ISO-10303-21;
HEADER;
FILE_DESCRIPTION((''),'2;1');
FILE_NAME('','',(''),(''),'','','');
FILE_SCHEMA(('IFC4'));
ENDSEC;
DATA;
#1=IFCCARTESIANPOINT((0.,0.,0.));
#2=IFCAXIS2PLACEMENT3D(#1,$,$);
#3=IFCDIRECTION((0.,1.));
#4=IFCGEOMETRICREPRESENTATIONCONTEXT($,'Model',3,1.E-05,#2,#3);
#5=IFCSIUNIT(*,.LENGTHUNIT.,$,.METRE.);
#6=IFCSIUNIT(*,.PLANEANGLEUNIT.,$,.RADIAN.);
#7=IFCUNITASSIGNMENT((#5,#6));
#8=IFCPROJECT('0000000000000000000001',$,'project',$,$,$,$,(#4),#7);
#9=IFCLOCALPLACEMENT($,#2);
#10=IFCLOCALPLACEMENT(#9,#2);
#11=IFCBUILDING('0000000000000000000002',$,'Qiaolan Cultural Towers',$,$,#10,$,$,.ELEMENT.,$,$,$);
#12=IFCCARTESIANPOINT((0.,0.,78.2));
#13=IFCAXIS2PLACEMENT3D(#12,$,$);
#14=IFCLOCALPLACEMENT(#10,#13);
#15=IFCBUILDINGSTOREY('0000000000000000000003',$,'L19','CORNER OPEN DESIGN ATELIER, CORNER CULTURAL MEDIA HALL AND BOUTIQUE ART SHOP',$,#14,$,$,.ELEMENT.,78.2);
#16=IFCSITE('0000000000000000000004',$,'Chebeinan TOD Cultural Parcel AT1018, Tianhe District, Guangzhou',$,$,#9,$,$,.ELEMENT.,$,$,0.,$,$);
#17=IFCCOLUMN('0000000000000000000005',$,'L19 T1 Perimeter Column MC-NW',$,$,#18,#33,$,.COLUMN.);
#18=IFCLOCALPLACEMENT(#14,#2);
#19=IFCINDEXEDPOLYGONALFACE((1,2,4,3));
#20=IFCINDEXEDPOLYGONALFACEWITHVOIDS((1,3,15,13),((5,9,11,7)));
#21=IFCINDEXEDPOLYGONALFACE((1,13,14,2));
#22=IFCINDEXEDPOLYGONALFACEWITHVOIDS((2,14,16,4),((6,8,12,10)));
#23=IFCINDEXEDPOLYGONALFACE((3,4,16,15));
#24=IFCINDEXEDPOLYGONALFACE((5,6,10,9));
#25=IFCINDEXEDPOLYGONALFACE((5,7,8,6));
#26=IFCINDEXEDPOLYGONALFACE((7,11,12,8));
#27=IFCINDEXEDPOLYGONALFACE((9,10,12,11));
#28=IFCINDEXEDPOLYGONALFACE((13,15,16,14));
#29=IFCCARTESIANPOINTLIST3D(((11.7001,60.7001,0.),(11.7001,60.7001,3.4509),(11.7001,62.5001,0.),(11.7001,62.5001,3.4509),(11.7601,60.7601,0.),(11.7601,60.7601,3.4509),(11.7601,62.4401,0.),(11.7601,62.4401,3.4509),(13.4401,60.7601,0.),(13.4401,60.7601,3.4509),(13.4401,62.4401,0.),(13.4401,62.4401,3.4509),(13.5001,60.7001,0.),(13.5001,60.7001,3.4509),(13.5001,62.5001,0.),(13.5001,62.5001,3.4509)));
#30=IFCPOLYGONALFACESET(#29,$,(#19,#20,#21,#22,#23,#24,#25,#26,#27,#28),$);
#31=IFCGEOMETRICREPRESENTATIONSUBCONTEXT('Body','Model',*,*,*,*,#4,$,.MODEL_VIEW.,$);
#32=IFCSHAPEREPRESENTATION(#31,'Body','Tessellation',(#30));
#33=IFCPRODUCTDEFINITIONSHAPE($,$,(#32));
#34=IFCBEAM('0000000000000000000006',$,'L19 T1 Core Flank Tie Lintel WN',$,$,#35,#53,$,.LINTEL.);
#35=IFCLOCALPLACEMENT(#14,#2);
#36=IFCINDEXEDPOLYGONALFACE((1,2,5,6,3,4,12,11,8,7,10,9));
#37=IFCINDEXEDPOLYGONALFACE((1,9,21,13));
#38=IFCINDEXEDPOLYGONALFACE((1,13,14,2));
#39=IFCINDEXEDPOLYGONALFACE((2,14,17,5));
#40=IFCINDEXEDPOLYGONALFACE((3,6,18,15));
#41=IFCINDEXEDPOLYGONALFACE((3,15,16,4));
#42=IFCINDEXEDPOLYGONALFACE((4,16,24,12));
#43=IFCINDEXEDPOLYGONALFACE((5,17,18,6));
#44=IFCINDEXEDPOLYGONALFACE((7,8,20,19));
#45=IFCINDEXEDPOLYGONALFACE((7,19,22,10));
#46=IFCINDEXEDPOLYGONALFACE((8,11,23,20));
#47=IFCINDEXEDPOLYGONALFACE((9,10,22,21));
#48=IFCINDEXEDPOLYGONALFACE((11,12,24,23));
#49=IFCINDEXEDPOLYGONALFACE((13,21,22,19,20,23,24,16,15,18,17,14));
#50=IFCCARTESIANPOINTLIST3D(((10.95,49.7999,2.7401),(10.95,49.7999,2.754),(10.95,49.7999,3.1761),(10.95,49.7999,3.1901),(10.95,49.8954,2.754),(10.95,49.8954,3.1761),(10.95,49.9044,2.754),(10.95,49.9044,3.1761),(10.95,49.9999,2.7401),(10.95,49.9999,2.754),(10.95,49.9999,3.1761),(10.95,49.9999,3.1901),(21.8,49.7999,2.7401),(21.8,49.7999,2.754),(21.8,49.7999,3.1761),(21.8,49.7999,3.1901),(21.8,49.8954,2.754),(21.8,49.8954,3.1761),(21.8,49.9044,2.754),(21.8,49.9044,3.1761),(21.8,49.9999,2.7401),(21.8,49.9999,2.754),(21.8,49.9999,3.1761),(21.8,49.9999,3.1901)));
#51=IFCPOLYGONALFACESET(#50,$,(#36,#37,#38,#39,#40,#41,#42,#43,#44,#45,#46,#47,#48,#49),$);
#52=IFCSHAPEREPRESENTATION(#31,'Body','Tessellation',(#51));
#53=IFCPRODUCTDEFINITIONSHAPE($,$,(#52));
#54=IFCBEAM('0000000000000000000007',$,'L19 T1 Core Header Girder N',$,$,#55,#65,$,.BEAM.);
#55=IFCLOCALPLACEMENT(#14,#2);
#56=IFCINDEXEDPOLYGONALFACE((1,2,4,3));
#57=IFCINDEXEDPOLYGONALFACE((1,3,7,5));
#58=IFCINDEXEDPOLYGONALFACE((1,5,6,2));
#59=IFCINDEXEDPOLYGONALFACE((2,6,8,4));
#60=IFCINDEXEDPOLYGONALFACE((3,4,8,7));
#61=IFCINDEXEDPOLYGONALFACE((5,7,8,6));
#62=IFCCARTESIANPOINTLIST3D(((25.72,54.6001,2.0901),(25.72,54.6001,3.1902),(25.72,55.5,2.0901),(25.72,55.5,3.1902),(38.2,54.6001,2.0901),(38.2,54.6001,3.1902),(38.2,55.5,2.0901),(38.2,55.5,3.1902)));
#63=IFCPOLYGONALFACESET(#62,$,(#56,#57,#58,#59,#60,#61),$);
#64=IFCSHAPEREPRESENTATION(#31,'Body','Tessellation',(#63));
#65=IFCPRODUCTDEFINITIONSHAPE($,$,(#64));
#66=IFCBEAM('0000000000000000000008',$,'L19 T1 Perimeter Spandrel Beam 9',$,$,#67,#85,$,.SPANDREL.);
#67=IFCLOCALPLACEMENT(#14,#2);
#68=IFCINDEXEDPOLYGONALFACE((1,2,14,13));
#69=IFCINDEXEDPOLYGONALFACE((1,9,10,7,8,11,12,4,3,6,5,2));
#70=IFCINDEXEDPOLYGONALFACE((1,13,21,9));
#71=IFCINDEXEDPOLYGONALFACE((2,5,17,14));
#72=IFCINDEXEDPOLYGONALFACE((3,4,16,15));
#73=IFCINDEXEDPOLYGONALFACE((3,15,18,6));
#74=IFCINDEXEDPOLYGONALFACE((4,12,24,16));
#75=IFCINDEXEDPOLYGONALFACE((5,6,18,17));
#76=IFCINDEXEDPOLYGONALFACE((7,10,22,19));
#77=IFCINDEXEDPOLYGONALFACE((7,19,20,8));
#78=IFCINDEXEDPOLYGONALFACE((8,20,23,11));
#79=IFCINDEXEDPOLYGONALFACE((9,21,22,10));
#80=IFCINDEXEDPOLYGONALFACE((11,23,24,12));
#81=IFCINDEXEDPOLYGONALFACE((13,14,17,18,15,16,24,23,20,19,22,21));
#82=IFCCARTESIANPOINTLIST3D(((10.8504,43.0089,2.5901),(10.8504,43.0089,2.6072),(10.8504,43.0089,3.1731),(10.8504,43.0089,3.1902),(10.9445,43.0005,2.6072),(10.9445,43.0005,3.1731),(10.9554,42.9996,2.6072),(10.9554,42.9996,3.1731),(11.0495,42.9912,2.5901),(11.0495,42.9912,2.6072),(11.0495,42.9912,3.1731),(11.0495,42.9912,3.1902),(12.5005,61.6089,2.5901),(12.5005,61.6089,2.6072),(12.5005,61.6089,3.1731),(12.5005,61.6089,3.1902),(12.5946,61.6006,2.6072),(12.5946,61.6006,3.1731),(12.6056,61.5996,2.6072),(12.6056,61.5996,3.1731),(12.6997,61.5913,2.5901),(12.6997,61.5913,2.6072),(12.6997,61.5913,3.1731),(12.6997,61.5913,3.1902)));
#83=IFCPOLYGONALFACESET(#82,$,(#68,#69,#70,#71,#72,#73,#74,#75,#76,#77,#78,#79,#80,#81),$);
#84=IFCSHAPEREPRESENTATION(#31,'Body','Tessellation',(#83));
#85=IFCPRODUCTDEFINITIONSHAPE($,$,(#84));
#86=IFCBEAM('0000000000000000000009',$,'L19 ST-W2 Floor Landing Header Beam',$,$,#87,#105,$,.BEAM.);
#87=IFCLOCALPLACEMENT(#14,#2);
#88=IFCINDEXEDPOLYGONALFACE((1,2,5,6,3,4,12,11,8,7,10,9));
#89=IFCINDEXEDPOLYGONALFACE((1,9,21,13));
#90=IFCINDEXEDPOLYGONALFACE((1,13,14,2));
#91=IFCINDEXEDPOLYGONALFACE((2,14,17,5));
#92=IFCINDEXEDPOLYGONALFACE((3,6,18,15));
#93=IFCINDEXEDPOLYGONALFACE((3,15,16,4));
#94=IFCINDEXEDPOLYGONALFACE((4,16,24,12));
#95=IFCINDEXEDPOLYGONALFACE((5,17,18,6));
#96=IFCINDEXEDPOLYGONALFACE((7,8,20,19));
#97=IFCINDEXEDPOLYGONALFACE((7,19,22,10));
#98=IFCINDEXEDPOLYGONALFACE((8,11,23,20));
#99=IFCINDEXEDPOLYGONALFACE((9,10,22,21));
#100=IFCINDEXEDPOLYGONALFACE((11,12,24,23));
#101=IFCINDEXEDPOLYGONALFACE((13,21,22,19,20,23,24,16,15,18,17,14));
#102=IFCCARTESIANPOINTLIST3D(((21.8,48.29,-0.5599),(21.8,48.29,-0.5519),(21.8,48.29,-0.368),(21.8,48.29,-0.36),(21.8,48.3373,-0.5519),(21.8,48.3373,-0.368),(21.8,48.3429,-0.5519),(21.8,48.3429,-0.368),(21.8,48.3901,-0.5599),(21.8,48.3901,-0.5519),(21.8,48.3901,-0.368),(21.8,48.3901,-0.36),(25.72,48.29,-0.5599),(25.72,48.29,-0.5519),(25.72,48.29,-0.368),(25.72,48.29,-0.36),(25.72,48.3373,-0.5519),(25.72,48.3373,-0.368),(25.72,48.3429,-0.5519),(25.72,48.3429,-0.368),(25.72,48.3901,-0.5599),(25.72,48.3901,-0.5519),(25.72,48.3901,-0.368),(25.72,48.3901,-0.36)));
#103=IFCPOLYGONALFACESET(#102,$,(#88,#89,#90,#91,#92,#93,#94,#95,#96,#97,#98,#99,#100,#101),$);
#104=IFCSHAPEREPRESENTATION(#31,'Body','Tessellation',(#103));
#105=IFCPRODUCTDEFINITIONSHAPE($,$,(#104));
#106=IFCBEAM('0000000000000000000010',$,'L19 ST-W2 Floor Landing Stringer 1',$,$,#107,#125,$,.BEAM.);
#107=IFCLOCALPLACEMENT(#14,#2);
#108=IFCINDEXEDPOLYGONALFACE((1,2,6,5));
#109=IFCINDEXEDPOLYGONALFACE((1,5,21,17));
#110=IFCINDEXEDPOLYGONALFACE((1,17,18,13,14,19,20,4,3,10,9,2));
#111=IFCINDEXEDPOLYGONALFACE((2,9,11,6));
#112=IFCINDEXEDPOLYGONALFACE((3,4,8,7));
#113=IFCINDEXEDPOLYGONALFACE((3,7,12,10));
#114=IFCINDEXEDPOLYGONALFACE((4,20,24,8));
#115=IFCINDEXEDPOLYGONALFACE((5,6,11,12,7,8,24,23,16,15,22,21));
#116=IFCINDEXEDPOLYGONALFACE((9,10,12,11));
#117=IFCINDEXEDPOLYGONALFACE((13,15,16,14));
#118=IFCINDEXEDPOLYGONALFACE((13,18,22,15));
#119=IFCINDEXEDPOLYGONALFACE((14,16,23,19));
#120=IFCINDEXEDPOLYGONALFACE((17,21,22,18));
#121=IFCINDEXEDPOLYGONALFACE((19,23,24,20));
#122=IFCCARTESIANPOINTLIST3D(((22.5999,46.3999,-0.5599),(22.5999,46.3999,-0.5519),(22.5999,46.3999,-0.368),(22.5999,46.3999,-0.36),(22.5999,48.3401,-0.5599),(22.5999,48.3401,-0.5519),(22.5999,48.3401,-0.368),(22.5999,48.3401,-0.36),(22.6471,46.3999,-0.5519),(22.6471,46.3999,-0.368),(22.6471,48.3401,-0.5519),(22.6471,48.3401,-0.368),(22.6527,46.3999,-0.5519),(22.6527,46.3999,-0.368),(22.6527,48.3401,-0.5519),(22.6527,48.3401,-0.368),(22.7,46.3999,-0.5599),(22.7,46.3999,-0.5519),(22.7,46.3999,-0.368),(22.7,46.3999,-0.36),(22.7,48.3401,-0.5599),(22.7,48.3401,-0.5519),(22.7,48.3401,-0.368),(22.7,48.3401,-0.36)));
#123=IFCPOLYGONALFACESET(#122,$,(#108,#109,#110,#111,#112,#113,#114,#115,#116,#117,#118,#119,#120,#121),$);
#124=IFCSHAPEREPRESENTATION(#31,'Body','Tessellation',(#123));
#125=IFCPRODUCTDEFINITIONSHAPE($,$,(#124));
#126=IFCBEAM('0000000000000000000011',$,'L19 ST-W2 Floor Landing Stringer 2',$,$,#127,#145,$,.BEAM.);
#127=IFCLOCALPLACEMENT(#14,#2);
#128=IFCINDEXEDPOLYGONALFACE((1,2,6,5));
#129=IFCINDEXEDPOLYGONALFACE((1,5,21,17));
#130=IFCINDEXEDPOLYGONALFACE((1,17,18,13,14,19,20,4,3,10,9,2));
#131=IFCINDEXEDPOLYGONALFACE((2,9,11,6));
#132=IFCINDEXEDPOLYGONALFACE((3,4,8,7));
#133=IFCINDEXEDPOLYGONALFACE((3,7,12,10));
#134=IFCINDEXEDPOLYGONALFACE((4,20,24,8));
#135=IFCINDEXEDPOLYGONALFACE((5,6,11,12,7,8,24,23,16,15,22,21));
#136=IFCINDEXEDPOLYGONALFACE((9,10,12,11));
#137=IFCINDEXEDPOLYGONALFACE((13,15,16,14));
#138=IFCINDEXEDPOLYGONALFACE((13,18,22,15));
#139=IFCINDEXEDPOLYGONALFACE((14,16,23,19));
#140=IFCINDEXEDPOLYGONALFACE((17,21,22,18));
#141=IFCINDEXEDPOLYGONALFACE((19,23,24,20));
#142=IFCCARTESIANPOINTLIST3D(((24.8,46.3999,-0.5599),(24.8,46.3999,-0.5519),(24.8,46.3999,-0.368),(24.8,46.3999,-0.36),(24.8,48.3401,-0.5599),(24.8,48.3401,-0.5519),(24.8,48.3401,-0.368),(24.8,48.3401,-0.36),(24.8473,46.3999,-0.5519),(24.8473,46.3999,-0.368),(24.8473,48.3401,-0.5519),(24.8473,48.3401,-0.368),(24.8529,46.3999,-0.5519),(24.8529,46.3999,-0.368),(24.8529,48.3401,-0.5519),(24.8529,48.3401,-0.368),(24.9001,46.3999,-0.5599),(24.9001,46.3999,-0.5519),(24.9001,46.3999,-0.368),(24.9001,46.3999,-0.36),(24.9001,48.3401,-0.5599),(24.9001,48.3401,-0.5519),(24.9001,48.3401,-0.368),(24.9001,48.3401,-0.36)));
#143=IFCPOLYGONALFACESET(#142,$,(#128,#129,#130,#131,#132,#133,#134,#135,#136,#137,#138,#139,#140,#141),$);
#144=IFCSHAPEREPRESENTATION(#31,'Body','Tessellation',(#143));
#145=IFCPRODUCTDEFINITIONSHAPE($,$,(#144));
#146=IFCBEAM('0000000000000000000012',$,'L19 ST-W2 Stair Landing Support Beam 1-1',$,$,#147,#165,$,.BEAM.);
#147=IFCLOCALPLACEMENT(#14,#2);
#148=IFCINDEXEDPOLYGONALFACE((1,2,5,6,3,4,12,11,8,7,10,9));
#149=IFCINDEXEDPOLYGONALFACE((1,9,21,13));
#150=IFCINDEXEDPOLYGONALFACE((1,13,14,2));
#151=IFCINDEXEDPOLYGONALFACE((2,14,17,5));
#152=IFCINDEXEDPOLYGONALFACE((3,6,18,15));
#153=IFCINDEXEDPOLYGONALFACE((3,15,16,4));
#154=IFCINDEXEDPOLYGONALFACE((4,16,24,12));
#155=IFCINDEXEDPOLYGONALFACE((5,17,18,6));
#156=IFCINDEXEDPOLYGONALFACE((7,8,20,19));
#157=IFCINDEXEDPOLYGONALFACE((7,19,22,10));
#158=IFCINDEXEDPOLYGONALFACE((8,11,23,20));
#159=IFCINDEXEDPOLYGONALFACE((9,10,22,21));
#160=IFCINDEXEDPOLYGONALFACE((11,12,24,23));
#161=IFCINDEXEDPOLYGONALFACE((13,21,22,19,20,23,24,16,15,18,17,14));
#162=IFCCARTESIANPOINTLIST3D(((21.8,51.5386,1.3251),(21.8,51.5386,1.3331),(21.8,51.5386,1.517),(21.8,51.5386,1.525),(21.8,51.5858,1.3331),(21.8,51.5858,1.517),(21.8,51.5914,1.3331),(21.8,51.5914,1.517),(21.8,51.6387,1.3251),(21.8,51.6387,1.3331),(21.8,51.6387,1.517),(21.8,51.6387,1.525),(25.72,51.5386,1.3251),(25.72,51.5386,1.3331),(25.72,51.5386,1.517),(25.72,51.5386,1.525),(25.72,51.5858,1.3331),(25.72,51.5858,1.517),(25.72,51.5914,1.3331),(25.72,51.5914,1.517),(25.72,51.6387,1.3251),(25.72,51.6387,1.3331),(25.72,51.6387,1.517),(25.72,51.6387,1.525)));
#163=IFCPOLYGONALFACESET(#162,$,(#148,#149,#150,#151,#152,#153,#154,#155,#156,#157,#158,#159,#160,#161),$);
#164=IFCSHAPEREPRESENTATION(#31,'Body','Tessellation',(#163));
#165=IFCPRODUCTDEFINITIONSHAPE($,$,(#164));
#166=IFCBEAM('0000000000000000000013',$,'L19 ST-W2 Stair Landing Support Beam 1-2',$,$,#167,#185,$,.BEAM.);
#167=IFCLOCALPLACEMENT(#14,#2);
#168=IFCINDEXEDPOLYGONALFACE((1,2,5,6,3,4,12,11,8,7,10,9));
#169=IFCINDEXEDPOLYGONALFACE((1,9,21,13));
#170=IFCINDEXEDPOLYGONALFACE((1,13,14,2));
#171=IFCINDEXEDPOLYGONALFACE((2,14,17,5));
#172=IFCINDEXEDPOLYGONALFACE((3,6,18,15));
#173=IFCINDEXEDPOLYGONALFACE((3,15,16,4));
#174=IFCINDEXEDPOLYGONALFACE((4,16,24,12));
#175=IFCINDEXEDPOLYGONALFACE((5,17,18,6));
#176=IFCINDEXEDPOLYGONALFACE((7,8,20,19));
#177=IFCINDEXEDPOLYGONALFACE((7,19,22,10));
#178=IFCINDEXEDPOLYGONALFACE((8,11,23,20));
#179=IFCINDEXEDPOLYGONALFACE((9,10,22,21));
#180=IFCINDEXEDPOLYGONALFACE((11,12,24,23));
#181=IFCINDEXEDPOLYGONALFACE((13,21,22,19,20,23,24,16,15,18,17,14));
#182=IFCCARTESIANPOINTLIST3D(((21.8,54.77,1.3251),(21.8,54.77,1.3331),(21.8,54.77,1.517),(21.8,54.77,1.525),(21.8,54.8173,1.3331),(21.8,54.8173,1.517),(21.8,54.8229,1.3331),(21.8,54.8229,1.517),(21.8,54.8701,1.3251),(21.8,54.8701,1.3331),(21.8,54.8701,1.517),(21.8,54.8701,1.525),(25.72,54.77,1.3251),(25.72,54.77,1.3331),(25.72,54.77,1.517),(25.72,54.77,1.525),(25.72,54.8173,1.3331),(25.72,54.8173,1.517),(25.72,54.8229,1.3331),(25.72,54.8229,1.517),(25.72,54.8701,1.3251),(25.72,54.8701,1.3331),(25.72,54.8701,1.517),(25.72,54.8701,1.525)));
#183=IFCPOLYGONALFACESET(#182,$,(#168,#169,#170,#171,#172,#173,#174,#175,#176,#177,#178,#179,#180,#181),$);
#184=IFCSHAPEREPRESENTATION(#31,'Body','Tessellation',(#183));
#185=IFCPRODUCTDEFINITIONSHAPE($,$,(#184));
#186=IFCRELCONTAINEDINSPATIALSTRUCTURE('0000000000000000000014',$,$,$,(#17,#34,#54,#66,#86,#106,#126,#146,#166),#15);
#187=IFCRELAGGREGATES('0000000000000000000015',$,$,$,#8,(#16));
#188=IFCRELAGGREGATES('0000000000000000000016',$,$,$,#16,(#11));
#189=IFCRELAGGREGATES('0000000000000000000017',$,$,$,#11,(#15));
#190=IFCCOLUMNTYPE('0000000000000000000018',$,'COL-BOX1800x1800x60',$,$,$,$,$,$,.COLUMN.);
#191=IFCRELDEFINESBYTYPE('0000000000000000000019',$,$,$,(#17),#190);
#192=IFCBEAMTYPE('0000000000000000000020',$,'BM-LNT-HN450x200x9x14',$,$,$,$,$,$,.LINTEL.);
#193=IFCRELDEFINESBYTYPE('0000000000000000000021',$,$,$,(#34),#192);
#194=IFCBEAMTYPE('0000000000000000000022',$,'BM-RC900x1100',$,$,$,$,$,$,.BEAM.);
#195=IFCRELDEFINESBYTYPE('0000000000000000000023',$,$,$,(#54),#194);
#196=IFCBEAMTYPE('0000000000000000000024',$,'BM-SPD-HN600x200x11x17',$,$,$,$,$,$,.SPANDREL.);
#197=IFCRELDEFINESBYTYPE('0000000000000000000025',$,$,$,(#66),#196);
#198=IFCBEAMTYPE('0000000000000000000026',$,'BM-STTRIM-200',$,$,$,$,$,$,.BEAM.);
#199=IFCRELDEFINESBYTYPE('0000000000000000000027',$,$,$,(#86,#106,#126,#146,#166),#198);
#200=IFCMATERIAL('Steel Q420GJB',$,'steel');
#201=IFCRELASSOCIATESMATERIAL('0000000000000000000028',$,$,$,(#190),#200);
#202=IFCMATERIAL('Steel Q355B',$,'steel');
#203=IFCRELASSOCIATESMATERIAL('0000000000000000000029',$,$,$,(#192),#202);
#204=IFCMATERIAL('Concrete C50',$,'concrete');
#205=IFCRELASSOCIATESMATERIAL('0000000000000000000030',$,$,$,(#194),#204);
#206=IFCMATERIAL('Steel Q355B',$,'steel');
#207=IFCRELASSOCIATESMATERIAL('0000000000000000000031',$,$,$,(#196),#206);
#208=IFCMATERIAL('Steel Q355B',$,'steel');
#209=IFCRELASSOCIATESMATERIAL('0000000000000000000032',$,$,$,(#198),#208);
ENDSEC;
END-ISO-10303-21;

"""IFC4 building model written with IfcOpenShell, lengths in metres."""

from ifc_helpers import new_model, si_unit, direction, frame, origin, origin_2d, place, context, subcontext, project, spatial, rectangle, hollow_rectangle, i_section, extrude, material, material_profile, profile_set, type_object, element, save


model = new_model("IFC4")

# Units and contexts
model_context = context("Model", 3, precision=1e-05, world=origin(), true_north=direction((0.0, 1.0)))
body_context = subcontext(model_context, "Body", "Model", "MODEL_VIEW")
ifc_project = project(units=[si_unit("LENGTHUNIT", "METRE"), si_unit("PLANEANGLEUNIT", "RADIAN")], contexts=[model_context])

# Site, building, storey
site_placement = place(None, origin())
site = spatial("IfcSite", under=ifc_project, at=site_placement, Name="Chebeinan TOD Cultural Parcel AT1018, Tianhe District, Guangzhou", CompositionType="ELEMENT", RefElevation=0.0)
building_placement = place(site_placement, origin())
building = spatial("IfcBuilding", under=site, at=building_placement, Name="Qiaolan Cultural Towers", CompositionType="ELEMENT")
storey_placement = place(building_placement, frame((0.0, 0.0, 78.2)))
storey = spatial("IfcBuildingStorey", under=building, at=storey_placement, Name="L19", Description="CORNER OPEN DESIGN ATELIER, CORNER CULTURAL MEDIA HALL AND BOUTIQUE ART SHOP", CompositionType="ELEMENT", Elevation=78.2)

# Column
ifc_material_1 = material(Name="Steel Q420GJB", Category="steel")
ifc_material_profile_1 = material_profile(ifc_material_1, hollow_rectangle(XDim=1.8, YDim=1.8, WallThickness=0.0601, at=origin_2d()), Name="BOX1800x1800x60")
ifc_profile_set_1 = profile_set([ifc_material_profile_1], Name="Steel Q420GJB")
column_type = type_object("IfcColumnType", Name="COL-BOX1800x1800x60", PredefinedType="COLUMN", material=ifc_profile_set_1)
column_placement = place(storey_placement, frame((12.6001, 61.6001, 0.0), z_axis=(0.0, 0.0, 1.0), x_axis=(1.0, 0.0, 0.0)))
element("IfcColumn", 1, at=column_placement, inside=storey, type_object=column_type, Name="L19 T1 Perimeter Column MC-NW", PredefinedType="COLUMN", context=body_context, shape_type="SweptSolid", body=[
    extrude(hollow_rectangle(XDim=1.8, YDim=1.8, WallThickness=0.0601, at=origin_2d()), origin(), (0.0, 0.0, 1.0), 3.4509),
])

# Beams
ifc_material_2 = material(Name="Steel Q355B", Category="steel")
ifc_material_profile_2 = material_profile(ifc_material_2, i_section(OverallWidth=0.2, OverallDepth=0.45, WebThickness=0.009, FlangeThickness=0.0139, at=origin_2d()), Name="HN450x200x9x14")
ifc_profile_set_2 = profile_set([ifc_material_profile_2], Name="Steel Q355B")
beam_type_1 = type_object("IfcBeamType", Name="BM-LNT-HN450x200x9x14", PredefinedType="LINTEL", material=ifc_profile_set_2)
beam_1_placement = place(storey_placement, frame((21.8, 49.8999, 2.9651), z_axis=(-1.0, 0.0, 0.0), x_axis=(0.0, -1.0, 0.0)))
element("IfcBeam", 2, at=beam_1_placement, inside=storey, type_object=beam_type_1, Name="L19 T1 Core Flank Tie Lintel WN", PredefinedType="LINTEL", context=body_context, shape_type="SweptSolid", body=[
    extrude(i_section(OverallWidth=0.2, OverallDepth=0.45, WebThickness=0.009, FlangeThickness=0.0139, at=origin_2d()), origin(), (0.0, 0.0, 1.0), 10.8501),
])
ifc_material_3 = material(Name="Concrete C50", Category="concrete")
ifc_material_profile_3 = material_profile(ifc_material_3, rectangle(XDim=0.8999, YDim=1.1001, at=origin_2d()), Name="RC900x1100")
ifc_profile_set_3 = profile_set([ifc_material_profile_3], Name="Concrete C50")
beam_type_2 = type_object("IfcBeamType", Name="BM-RC900x1100", PredefinedType="BEAM", material=ifc_profile_set_3)
beam_2_placement = place(storey_placement, frame((25.72, 55.05, 2.6401), z_axis=(1.0, 0.0, 0.0), x_axis=(0.0, 1.0, 0.0)))
element("IfcBeam", 3, at=beam_2_placement, inside=storey, type_object=beam_type_2, Name="L19 T1 Core Header Girder N", PredefinedType="BEAM", context=body_context, shape_type="SweptSolid", body=[
    extrude(rectangle(XDim=0.8999, YDim=1.1001, at=origin_2d()), origin(), (0.0, 0.0, 1.0), 12.48),
])
ifc_material_4 = material(Name="Steel Q355B", Category="steel")
ifc_material_profile_4 = material_profile(ifc_material_4, i_section(OverallWidth=0.2, OverallDepth=0.6001, WebThickness=0.011, FlangeThickness=0.0171, at=origin_2d()), Name="HN600x200x11x17")
ifc_profile_set_4 = profile_set([ifc_material_profile_4], Name="Steel Q355B")
beam_type_3 = type_object("IfcBeamType", Name="BM-SPD-HN600x200x11x17", PredefinedType="SPANDREL", material=ifc_profile_set_4)
beam_3_placement = place(storey_placement, frame((12.6001, 61.6001, 2.8901), z_axis=(-0.08837, -0.996088, 0.0), x_axis=(0.996088, -0.08837, 0.0)))
element("IfcBeam", 4, at=beam_3_placement, inside=storey, type_object=beam_type_3, Name="L19 T1 Perimeter Spandrel Beam 9", PredefinedType="SPANDREL", context=body_context, shape_type="SweptSolid", body=[
    extrude(i_section(OverallWidth=0.2, OverallDepth=0.6001, WebThickness=0.011, FlangeThickness=0.0171, at=origin_2d()), origin(), (0.0, 0.0, 1.0), 18.6731),
])
ifc_material_5 = material(Name="Steel Q355B", Category="steel")
ifc_material_profile_5 = material_profile(ifc_material_5, i_section(OverallWidth=0.1001, OverallDepth=0.2, WebThickness=0.0056, FlangeThickness=0.0081, at=origin_2d()), Name="HN200x100x5.5x8")
ifc_profile_set_5 = profile_set([ifc_material_profile_5], Name="Steel Q355B")
beam_type_4 = type_object("IfcBeamType", Name="BM-STTRIM-200", PredefinedType="BEAM", material=ifc_profile_set_5)
beam_4_placement = place(storey_placement, frame((21.8, 48.3401, -0.46), z_axis=(1.0, 0.0, 0.0), x_axis=(0.0, 1.0, 0.0)))
element("IfcBeam", 5, at=beam_4_placement, inside=storey, type_object=beam_type_4, Name="L19 ST-W2 Floor Landing Header Beam", PredefinedType="BEAM", context=body_context, shape_type="SweptSolid", body=[
    extrude(i_section(OverallWidth=0.1001, OverallDepth=0.2, WebThickness=0.0056, FlangeThickness=0.0081, at=origin_2d()), origin(), (0.0, 0.0, 1.0), 3.9199),
])
for number, where, z_axis, x_axis, name in (
    (6, (22.6499, 46.3999, -0.46), (0.0, 1.0, 0.0), (-1.0, 0.0, 0.0), "L19 ST-W2 Floor Landing Stringer 1"),
    (7, (24.8501, 46.3999, -0.46), (0.0, 1.0, 0.0), (-1.0, 0.0, 0.0), "L19 ST-W2 Floor Landing Stringer 2"),
):
    element("IfcBeam", number, at=place(storey_placement, frame(where, z_axis=z_axis, x_axis=x_axis)), inside=storey, type_object=beam_type_4, Name=name, PredefinedType="BEAM", context=body_context, shape_type="SweptSolid", body=[
        extrude(i_section(OverallWidth=0.1001, OverallDepth=0.2, WebThickness=0.0056, FlangeThickness=0.0081, at=origin_2d()), origin(), (0.0, 0.0, 1.0), 1.9402),
    ])
for number, where, z_axis, x_axis, name in (
    (8, (21.8, 51.5886, 1.425), (1.0, 0.0, 0.0), (0.0, 1.0, 0.0), "L19 ST-W2 Stair Landing Support Beam 1-1"),
    (9, (21.8, 54.8201, 1.425), (1.0, 0.0, 0.0), (0.0, 1.0, 0.0), "L19 ST-W2 Stair Landing Support Beam 1-2"),
):
    element("IfcBeam", number, at=place(storey_placement, frame(where, z_axis=z_axis, x_axis=x_axis)), inside=storey, type_object=beam_type_4, Name=name, PredefinedType="BEAM", context=body_context, shape_type="SweptSolid", body=[
        extrude(i_section(OverallWidth=0.1001, OverallDepth=0.2, WebThickness=0.0056, FlangeThickness=0.0081, at=origin_2d()), origin(), (0.0, 0.0, 1.0), 3.9199),
    ])

save(model, "model.ifc")
